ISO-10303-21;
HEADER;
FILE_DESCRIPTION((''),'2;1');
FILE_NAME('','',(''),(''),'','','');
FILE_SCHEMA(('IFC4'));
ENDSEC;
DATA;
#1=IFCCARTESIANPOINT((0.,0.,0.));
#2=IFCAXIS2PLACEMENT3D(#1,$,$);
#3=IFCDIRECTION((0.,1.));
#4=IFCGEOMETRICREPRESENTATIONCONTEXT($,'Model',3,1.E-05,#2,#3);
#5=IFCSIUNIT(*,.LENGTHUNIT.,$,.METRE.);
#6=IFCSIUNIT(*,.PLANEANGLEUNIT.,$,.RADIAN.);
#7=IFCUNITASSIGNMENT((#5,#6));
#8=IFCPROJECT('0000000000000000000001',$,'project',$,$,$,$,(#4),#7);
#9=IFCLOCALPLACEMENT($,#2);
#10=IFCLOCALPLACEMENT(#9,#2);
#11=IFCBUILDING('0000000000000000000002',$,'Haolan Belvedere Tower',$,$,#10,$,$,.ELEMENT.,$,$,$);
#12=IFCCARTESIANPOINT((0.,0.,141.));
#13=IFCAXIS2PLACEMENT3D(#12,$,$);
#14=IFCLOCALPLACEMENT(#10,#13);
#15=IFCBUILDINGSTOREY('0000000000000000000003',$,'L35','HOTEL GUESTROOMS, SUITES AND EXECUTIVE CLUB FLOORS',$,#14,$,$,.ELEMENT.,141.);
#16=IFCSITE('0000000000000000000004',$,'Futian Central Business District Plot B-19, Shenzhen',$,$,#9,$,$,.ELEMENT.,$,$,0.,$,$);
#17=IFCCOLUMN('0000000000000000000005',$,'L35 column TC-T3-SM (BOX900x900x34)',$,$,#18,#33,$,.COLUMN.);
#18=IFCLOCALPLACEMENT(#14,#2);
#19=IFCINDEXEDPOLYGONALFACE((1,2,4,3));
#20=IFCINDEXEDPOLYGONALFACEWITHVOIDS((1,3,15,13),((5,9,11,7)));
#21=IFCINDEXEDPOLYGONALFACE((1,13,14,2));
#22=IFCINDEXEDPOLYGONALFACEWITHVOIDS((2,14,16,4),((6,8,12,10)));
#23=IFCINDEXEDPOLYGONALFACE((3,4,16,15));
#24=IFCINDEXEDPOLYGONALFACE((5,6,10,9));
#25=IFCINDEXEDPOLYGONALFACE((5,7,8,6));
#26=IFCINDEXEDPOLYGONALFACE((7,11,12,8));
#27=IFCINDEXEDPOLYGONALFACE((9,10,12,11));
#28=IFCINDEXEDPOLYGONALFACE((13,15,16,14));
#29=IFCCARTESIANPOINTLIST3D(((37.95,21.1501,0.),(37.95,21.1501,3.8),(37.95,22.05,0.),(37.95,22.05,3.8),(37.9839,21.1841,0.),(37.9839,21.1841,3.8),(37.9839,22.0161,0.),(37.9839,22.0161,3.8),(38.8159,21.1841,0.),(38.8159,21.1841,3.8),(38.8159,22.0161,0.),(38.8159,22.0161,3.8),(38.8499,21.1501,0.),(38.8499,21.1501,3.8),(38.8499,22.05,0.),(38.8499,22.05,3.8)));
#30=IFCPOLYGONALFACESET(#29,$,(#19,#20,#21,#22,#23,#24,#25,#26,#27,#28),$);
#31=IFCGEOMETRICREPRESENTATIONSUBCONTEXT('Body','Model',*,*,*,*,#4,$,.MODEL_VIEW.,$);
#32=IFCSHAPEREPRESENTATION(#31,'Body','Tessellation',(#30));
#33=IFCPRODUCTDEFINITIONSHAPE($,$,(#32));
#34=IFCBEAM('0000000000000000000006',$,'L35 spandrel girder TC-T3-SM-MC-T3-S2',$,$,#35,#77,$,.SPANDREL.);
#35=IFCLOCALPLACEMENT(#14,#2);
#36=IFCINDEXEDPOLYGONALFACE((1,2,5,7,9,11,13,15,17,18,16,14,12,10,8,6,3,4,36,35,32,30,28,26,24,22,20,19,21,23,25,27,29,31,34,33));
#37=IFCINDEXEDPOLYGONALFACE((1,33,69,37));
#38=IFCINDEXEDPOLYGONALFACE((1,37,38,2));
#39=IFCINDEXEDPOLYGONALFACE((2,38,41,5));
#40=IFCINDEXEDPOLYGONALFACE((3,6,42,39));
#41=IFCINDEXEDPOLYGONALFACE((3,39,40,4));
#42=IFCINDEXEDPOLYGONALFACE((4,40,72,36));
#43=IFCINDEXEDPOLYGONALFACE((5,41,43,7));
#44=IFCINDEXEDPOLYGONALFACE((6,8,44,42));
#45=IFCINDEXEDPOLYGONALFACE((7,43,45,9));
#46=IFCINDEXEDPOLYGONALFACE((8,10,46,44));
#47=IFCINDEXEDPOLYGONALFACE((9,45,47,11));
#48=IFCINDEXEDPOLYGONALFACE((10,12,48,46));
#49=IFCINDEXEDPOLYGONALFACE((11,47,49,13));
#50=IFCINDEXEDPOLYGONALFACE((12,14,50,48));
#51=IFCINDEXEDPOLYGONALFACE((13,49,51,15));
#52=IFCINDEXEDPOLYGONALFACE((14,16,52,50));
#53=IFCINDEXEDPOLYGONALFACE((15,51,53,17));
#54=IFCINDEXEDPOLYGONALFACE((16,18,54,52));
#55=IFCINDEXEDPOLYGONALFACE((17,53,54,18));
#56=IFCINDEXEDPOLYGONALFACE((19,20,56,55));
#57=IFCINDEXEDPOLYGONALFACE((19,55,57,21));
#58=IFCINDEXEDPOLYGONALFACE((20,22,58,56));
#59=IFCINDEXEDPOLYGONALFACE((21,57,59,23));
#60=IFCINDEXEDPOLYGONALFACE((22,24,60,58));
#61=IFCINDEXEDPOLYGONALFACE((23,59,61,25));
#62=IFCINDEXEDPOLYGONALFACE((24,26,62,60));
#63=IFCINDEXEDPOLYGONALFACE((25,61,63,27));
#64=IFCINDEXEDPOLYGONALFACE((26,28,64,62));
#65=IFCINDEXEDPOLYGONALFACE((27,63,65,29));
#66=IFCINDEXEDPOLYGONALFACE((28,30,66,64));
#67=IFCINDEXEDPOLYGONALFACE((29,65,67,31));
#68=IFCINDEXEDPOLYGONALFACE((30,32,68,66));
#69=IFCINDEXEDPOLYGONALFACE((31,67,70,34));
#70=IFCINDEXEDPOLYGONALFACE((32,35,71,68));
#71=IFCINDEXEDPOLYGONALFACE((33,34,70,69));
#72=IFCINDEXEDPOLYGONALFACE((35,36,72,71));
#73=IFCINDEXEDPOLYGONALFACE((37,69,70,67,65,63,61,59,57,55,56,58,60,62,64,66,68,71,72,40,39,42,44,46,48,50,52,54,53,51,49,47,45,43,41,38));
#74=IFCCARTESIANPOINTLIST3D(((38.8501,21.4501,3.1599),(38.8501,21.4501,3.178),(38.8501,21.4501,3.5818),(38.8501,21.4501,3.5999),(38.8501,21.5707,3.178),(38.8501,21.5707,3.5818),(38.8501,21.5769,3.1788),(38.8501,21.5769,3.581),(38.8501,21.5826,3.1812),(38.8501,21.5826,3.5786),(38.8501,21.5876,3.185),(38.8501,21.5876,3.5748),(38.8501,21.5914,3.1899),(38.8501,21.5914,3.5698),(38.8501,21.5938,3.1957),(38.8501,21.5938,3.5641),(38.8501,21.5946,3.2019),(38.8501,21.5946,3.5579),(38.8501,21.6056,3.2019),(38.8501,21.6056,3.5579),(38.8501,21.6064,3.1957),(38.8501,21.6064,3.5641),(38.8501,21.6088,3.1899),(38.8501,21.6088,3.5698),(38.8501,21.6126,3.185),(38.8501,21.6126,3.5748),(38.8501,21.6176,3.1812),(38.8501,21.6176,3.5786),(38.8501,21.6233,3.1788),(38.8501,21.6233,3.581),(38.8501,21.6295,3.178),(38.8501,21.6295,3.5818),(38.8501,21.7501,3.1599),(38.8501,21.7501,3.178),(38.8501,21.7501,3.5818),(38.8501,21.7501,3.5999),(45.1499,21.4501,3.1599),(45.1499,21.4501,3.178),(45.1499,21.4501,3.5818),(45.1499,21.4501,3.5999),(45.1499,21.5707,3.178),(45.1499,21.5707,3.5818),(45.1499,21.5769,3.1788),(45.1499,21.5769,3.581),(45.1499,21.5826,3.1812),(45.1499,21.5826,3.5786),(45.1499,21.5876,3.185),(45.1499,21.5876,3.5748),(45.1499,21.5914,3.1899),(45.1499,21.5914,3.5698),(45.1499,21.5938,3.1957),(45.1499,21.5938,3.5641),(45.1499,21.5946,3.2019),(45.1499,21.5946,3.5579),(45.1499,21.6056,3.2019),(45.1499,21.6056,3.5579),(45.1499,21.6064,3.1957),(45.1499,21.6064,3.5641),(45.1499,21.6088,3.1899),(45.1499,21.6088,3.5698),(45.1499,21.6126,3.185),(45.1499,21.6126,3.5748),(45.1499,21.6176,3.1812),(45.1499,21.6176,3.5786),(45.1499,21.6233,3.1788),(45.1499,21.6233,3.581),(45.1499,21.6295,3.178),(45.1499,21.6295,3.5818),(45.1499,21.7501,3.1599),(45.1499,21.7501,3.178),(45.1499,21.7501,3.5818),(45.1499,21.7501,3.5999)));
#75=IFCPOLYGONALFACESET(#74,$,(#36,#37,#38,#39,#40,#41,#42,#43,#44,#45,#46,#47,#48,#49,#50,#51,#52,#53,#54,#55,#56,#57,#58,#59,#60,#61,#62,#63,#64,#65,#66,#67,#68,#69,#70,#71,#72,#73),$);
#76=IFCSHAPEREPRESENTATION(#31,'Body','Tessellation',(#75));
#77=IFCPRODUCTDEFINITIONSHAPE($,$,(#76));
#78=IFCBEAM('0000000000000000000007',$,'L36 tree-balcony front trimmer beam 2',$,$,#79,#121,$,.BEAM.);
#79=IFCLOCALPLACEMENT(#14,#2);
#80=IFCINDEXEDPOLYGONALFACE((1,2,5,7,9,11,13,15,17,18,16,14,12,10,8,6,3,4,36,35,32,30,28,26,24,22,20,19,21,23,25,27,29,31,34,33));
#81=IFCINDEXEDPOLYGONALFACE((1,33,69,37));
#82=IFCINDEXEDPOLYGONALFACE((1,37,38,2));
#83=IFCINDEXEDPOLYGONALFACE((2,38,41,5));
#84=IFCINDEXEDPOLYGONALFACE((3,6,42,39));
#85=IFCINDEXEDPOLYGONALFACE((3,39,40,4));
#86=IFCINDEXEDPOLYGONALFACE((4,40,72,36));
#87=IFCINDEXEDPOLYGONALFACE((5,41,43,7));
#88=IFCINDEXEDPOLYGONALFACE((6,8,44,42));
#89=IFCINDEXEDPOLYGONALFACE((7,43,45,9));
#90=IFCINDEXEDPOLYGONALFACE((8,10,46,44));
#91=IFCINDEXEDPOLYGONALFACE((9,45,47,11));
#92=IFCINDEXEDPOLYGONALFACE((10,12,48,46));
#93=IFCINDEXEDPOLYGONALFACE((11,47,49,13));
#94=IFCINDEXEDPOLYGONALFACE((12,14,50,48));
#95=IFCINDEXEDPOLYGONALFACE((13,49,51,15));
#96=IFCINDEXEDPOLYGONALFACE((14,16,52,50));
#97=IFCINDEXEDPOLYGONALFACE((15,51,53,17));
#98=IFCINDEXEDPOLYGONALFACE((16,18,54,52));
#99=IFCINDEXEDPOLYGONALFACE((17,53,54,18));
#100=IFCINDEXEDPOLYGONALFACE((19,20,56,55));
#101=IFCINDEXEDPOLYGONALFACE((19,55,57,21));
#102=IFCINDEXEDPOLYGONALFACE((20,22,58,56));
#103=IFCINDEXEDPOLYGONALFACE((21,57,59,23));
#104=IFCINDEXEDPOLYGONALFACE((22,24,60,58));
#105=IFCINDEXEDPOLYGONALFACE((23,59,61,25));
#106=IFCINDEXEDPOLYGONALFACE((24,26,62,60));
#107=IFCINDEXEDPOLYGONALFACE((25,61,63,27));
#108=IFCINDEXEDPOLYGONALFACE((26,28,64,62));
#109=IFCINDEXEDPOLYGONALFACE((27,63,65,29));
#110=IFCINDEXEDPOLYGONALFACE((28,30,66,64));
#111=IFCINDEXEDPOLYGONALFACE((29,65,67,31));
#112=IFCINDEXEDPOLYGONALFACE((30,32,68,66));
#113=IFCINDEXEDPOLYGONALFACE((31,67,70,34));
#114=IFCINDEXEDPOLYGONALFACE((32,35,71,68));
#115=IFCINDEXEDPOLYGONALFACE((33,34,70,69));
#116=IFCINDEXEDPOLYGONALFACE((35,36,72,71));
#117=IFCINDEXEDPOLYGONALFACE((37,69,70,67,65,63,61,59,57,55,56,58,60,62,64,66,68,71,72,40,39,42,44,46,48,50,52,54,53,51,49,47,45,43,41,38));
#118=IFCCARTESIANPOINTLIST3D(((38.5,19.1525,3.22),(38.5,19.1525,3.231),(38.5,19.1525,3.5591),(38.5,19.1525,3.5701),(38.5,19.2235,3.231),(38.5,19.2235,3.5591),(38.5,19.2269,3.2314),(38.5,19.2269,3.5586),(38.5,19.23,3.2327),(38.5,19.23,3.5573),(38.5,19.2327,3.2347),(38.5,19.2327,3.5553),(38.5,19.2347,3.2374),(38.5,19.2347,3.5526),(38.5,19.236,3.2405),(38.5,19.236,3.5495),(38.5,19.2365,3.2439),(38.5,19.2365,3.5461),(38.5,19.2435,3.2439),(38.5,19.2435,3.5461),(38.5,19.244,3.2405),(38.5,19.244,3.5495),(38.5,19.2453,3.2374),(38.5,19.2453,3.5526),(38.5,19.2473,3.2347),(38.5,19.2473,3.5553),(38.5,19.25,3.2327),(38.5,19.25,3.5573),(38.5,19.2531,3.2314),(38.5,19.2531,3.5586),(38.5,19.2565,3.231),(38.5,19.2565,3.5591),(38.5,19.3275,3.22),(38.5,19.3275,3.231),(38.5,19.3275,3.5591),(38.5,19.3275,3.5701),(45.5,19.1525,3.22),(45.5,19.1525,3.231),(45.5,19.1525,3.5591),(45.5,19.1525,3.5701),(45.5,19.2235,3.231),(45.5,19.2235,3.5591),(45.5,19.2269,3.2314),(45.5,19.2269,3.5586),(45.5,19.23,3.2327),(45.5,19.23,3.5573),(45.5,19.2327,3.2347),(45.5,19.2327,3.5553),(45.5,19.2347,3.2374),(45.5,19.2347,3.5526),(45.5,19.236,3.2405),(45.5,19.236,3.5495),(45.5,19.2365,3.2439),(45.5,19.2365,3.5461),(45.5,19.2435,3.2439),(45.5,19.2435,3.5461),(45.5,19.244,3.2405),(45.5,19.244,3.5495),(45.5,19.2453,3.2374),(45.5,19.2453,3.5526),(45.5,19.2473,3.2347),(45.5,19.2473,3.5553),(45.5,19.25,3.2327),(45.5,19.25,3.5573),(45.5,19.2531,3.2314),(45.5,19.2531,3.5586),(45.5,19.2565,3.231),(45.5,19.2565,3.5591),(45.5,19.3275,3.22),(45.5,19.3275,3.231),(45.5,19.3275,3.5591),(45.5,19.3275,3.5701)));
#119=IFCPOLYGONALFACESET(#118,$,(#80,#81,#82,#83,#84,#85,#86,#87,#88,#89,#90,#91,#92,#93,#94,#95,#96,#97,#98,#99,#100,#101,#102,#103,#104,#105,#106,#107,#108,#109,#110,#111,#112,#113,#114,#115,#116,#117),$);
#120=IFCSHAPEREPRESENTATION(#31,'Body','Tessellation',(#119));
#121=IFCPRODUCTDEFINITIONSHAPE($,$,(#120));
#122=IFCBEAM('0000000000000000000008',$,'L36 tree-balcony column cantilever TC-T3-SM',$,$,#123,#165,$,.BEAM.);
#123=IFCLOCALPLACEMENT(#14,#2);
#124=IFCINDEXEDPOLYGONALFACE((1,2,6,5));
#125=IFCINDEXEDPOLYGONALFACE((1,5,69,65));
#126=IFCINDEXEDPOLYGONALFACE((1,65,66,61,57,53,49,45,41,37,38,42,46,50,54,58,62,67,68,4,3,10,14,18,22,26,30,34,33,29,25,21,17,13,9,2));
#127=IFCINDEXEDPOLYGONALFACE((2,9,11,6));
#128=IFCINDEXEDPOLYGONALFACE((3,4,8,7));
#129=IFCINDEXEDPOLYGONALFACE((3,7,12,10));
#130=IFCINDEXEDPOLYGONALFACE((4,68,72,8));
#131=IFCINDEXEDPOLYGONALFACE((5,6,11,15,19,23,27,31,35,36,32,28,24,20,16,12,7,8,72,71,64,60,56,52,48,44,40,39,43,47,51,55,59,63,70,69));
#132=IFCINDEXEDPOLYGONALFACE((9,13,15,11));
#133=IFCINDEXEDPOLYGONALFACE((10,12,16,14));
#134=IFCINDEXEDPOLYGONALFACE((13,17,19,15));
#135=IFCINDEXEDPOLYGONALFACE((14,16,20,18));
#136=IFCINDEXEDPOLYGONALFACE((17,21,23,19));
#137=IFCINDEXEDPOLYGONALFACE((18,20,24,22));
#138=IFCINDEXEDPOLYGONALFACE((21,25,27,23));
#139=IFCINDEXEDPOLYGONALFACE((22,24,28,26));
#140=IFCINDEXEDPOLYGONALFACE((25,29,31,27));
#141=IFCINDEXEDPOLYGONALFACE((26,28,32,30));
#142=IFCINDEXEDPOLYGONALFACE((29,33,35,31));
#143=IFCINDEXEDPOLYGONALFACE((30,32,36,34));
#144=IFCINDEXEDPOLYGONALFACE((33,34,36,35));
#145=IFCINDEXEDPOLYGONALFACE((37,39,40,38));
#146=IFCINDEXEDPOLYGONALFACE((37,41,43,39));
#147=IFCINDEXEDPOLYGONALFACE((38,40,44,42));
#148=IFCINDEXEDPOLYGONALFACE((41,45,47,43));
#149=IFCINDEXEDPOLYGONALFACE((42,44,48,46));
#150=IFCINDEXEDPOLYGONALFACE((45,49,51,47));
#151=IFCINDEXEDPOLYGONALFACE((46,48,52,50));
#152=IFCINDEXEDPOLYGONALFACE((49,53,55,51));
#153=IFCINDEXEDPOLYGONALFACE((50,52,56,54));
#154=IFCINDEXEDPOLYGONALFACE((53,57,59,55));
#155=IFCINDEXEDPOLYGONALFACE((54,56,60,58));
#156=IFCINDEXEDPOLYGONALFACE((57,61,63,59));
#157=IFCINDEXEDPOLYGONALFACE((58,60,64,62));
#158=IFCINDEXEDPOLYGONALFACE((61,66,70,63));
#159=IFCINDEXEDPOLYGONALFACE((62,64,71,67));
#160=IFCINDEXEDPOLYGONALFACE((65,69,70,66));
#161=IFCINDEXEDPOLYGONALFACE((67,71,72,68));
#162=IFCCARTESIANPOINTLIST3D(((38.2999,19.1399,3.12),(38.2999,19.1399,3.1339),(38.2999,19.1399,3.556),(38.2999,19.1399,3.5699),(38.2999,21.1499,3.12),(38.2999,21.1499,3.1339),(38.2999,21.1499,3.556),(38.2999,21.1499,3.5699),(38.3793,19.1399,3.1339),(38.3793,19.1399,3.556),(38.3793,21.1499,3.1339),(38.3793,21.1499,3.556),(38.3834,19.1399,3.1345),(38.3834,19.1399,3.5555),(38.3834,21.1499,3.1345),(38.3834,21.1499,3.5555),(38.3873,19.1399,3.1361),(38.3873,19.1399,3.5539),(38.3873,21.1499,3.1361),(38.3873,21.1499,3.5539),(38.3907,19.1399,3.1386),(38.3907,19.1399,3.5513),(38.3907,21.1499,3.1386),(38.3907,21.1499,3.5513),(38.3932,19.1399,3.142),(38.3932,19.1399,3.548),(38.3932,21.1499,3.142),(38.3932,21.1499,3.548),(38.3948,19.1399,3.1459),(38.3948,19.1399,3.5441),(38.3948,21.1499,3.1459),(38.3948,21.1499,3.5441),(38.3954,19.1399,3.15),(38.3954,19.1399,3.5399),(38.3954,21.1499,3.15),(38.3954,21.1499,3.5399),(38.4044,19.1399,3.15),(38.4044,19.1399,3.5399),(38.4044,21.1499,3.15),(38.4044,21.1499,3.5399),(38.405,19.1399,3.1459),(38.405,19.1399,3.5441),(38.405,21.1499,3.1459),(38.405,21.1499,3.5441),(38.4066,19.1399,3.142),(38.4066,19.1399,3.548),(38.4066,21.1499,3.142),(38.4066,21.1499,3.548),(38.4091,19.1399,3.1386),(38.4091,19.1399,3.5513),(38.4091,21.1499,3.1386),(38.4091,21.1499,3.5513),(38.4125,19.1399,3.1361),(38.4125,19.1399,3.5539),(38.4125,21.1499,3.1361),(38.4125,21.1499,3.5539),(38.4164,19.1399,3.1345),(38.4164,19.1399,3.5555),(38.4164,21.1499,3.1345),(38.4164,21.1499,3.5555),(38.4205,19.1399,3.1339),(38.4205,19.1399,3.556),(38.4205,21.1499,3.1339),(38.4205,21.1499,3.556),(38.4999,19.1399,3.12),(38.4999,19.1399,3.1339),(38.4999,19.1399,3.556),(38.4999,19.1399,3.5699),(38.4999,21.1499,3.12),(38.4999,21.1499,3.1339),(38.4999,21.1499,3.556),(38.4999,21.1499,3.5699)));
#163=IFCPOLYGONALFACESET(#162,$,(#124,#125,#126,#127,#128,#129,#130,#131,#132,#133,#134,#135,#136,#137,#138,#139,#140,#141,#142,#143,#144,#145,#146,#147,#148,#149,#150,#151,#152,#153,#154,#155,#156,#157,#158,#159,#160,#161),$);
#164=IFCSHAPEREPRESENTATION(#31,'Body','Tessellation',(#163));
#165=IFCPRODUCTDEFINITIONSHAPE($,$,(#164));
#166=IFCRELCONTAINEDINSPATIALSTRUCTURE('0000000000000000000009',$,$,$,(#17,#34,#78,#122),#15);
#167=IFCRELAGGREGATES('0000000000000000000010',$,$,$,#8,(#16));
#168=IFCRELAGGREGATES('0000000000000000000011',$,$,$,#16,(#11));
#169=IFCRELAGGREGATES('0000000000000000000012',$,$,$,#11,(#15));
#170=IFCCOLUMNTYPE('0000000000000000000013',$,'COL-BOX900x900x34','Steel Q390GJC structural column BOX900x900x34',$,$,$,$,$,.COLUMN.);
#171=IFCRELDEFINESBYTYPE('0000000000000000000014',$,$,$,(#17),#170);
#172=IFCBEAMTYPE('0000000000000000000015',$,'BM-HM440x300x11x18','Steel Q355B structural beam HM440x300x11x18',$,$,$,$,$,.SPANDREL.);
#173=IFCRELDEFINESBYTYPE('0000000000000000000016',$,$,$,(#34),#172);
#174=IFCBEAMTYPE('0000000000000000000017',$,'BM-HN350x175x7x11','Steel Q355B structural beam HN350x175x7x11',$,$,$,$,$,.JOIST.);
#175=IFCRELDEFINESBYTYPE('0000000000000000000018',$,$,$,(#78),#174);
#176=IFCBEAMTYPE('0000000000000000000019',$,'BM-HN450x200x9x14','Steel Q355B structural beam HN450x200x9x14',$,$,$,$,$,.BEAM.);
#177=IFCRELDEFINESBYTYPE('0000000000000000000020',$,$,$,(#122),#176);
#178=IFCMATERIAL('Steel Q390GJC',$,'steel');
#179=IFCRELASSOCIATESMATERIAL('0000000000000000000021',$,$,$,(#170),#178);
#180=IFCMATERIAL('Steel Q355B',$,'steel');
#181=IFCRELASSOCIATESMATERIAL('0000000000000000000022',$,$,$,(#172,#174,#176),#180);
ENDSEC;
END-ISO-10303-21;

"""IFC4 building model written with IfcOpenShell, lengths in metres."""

from ifc_helpers import new_model, si_unit, direction, frame, origin, origin_2d, place, context, subcontext, project, spatial, hollow_rectangle, i_section, extrude, material, material_profile, profile_set, type_object, element, save


model = new_model("IFC4")

# Units and contexts
model_context = context("Model", 3, precision=1e-05, world=origin(), true_north=direction((0.0, 1.0)))
body_context = subcontext(model_context, "Body", "Model", "MODEL_VIEW")
ifc_project = project(units=[si_unit("LENGTHUNIT", "METRE"), si_unit("PLANEANGLEUNIT", "RADIAN")], contexts=[model_context])

# Site, building, storey
site_placement = place(None, origin())
site = spatial("IfcSite", under=ifc_project, at=site_placement, Name="Futian Central Business District Plot B-19, Shenzhen", CompositionType="ELEMENT", RefElevation=0.0)
building_placement = place(site_placement, origin())
building = spatial("IfcBuilding", under=site, at=building_placement, Name="Haolan Belvedere Tower", CompositionType="ELEMENT")
storey_placement = place(building_placement, frame((0.0, 0.0, 141.0)))
storey = spatial("IfcBuildingStorey", under=building, at=storey_placement, Name="L35", Description="HOTEL GUESTROOMS, SUITES AND EXECUTIVE CLUB FLOORS", CompositionType="ELEMENT", Elevation=141.0)

# Column
ifc_material_1 = material(Name="Steel Q390GJC", Category="steel")
ifc_material_profile_1 = material_profile(ifc_material_1, hollow_rectangle(XDim=0.8999, YDim=0.8999, WallThickness=0.0339, at=origin_2d()), Name="Steel Q390GJC")
ifc_profile_set_1 = profile_set([ifc_material_profile_1], Name="Steel Q390GJC")
column_type = type_object("IfcColumnType", Name="COL-BOX900x900x34", Description="Steel Q390GJC structural column BOX900x900x34", PredefinedType="COLUMN", material=ifc_profile_set_1)
column_placement = place(storey_placement, frame((38.3999, 21.6001, 0.0), z_axis=(0.0, 0.0, 1.0), x_axis=(1.0, 0.0, 0.0)))
element("IfcColumn", 1, at=column_placement, inside=storey, type_object=column_type, Name="L35 column TC-T3-SM (BOX900x900x34)", PredefinedType="COLUMN", context=body_context, shape_type="SweptSolid", body=[
    extrude(hollow_rectangle(XDim=0.8999, YDim=0.8999, WallThickness=0.0339, at=origin_2d()), origin(), (0.0, 0.0, 1.0), 3.8),
])

# Beams
ifc_material_2 = material(Name="Steel Q355B", Category="steel")
ifc_material_profile_2 = material_profile(ifc_material_2, i_section(OverallWidth=0.3, OverallDepth=0.4399, WebThickness=0.011, FlangeThickness=0.0181, FilletRadius=0.0239, at=origin_2d()), Name="Steel Q355B")
ifc_profile_set_2 = profile_set([ifc_material_profile_2], Name="Steel Q355B")
beam_type_1 = type_object("IfcBeamType", Name="BM-HM440x300x11x18", Description="Steel Q355B structural beam HM440x300x11x18", PredefinedType="SPANDREL", material=ifc_profile_set_2)
beam_1_placement = place(storey_placement, frame((38.8501, 21.6001, 3.3799), z_axis=(1.0, 0.0, 0.0), x_axis=(0.0, 1.0, 0.0)))
element("IfcBeam", 2, at=beam_1_placement, inside=storey, type_object=beam_type_1, Name="L35 spandrel girder TC-T3-SM-MC-T3-S2", PredefinedType="SPANDREL", context=body_context, shape_type="SweptSolid", body=[
    extrude(i_section(OverallWidth=0.3, OverallDepth=0.4399, WebThickness=0.011, FlangeThickness=0.0181, FilletRadius=0.0239, at=origin_2d()), origin(), (0.0, 0.0, 1.0), 6.2998),
])
ifc_material_profile_3 = material_profile(ifc_material_2, i_section(OverallWidth=0.175, OverallDepth=0.3501, WebThickness=0.0071, FlangeThickness=0.011, FilletRadius=0.0129, at=origin_2d()), Name="Steel Q355B")
ifc_profile_set_3 = profile_set([ifc_material_profile_3], Name="Steel Q355B")
beam_type_2 = type_object("IfcBeamType", Name="BM-HN350x175x7x11", Description="Steel Q355B structural beam HN350x175x7x11", PredefinedType="JOIST", material=ifc_profile_set_3)
beam_2_placement = place(storey_placement, frame((38.5, 19.24, 3.395), z_axis=(1.0, 0.0, 0.0), x_axis=(0.0, 1.0, 0.0)))
element("IfcBeam", 3, at=beam_2_placement, inside=storey, type_object=beam_type_2, Name="L36 tree-balcony front trimmer beam 2", PredefinedType="BEAM", context=body_context, shape_type="SweptSolid", body=[
    extrude(i_section(OverallWidth=0.175, OverallDepth=0.3501, WebThickness=0.0071, FlangeThickness=0.011, FilletRadius=0.0129, at=origin_2d()), origin(), (0.0, 0.0, 1.0), 7.0),
])
ifc_material_profile_4 = material_profile(ifc_material_2, i_section(OverallWidth=0.2, OverallDepth=0.45, WebThickness=0.009, FlangeThickness=0.0139, FilletRadius=0.0161, at=origin_2d()), Name="Steel Q355B")
ifc_profile_set_4 = profile_set([ifc_material_profile_4], Name="Steel Q355B")
beam_type_3 = type_object("IfcBeamType", Name="BM-HN450x200x9x14", Description="Steel Q355B structural beam HN450x200x9x14", PredefinedType="BEAM", material=ifc_profile_set_4)
beam_3_placement = place(storey_placement, frame((38.3999, 21.1499, 3.345), z_axis=(0.0, -1.0, 0.0), x_axis=(1.0, 0.0, 0.0)))
element("IfcBeam", 4, at=beam_3_placement, inside=storey, type_object=beam_type_3, Name="L36 tree-balcony column cantilever TC-T3-SM", PredefinedType="BEAM", context=body_context, shape_type="SweptSolid", body=[
    extrude(i_section(OverallWidth=0.2, OverallDepth=0.45, WebThickness=0.009, FlangeThickness=0.0139, FilletRadius=0.0161, at=origin_2d()), origin(), (0.0, 0.0, 1.0), 2.01),
])

save(model, "model.ifc")
